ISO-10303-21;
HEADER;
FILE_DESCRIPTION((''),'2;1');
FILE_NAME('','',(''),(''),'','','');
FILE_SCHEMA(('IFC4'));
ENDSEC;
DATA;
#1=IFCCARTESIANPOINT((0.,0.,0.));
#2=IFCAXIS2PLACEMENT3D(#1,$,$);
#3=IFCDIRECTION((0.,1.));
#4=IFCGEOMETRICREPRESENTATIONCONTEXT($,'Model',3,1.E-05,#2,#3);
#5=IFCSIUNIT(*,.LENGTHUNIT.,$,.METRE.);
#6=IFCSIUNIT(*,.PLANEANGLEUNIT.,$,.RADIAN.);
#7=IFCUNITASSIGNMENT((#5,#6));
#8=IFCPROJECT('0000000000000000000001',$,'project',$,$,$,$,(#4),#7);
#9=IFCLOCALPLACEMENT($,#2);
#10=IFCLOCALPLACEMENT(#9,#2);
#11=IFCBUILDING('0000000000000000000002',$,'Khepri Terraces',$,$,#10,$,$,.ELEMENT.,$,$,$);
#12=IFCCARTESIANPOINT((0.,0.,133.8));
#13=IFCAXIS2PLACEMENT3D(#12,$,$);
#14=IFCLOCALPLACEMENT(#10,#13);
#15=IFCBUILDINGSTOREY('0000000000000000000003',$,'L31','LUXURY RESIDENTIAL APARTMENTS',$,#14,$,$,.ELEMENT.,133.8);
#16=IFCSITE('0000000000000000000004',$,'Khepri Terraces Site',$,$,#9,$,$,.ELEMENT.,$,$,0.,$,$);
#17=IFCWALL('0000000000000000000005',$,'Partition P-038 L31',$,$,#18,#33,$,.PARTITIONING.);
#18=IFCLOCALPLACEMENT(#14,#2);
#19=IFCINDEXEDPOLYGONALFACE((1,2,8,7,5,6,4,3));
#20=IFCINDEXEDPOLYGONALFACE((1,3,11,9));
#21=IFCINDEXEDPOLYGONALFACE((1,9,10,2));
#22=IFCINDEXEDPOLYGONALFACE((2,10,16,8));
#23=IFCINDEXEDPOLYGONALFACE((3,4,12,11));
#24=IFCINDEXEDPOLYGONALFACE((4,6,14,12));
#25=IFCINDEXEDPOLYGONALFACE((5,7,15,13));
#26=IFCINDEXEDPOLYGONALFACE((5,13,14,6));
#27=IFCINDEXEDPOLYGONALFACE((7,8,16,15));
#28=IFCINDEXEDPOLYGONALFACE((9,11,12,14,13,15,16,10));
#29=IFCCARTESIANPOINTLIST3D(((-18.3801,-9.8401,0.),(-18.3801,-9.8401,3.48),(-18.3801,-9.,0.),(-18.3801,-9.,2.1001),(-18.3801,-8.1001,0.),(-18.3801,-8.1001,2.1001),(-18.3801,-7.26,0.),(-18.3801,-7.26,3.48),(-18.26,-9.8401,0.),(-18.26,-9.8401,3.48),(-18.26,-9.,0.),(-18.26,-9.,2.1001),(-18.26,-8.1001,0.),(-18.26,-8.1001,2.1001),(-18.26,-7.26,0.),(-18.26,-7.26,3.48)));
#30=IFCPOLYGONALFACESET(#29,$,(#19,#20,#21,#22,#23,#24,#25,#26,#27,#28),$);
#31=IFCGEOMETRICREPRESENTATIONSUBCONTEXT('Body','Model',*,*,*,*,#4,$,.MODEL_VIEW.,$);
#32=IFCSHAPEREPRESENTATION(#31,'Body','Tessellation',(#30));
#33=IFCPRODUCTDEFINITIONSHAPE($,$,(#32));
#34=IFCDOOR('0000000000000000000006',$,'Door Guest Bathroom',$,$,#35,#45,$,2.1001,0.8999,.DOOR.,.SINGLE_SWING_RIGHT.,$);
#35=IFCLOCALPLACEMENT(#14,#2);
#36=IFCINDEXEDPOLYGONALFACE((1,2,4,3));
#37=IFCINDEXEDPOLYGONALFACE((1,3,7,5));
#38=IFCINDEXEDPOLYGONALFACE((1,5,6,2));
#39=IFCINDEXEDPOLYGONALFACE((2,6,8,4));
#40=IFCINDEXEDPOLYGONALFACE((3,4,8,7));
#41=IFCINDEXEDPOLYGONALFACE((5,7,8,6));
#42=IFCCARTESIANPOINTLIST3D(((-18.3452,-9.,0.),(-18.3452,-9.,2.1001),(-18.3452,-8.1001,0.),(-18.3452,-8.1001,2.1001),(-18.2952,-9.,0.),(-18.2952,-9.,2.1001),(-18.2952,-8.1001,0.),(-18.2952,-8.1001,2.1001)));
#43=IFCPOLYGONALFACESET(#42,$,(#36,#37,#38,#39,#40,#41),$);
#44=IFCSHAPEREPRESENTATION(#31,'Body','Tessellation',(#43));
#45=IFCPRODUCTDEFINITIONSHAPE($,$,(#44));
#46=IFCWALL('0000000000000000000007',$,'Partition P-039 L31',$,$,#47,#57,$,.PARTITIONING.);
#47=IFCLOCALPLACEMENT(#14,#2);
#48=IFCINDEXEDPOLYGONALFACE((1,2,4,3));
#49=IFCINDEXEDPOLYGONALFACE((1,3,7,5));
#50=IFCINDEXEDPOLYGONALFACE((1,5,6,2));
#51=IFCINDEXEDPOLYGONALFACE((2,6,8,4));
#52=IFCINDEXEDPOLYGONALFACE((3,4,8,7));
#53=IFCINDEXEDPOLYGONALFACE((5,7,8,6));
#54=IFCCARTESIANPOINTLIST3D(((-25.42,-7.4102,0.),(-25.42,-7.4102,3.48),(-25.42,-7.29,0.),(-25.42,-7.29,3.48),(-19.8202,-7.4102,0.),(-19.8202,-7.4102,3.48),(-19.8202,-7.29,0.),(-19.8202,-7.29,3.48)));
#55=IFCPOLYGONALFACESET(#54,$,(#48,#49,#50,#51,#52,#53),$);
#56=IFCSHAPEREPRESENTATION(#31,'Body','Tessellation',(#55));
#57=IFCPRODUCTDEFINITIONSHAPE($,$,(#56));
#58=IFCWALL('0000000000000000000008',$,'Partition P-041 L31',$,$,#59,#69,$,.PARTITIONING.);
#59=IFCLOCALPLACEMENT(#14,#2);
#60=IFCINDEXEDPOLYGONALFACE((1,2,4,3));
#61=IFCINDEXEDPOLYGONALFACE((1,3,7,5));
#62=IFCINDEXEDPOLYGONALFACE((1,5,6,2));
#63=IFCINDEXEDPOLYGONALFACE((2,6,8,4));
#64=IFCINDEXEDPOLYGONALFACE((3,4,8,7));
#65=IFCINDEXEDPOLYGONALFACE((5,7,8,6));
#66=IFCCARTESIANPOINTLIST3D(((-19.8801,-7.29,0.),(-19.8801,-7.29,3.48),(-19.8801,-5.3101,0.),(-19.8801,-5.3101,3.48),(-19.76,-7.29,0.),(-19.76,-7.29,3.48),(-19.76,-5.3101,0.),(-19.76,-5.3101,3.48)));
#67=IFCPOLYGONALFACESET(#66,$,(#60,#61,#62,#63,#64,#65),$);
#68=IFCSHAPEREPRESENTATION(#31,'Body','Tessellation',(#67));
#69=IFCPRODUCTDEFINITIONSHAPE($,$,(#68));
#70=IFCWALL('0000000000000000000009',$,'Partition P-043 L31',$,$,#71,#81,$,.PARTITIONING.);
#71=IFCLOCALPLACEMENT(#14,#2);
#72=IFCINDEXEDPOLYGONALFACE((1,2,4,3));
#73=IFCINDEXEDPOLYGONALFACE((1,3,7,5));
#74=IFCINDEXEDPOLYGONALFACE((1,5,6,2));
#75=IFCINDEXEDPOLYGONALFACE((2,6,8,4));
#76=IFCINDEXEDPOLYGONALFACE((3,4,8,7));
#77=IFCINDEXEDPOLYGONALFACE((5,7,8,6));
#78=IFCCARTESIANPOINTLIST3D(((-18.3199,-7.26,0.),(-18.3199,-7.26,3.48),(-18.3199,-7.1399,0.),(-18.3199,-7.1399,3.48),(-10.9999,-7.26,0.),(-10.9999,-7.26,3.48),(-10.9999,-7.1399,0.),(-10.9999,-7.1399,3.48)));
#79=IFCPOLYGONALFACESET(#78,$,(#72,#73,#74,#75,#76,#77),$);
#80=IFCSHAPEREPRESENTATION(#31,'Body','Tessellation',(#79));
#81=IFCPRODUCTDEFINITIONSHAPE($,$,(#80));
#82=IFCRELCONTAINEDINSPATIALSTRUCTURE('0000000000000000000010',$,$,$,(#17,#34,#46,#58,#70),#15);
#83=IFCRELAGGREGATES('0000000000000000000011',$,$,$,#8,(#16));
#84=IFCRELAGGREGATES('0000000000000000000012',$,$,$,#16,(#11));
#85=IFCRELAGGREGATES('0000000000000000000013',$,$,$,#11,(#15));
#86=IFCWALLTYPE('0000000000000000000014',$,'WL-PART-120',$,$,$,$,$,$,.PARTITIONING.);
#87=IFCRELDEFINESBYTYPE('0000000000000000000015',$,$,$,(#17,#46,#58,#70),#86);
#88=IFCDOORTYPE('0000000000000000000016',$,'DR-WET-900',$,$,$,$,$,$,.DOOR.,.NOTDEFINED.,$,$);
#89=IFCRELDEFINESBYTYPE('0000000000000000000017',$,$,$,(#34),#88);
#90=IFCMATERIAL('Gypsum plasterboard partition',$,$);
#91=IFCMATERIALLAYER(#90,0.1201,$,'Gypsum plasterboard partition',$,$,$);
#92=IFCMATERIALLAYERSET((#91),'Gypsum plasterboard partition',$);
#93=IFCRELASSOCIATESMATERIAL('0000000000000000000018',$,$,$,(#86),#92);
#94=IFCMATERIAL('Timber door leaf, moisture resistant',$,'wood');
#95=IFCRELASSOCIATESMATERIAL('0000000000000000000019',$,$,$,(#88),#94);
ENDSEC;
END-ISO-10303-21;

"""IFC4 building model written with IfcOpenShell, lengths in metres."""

from ifc_helpers import new_model, si_unit, direction, frame, frame_2d, origin, place, context, subcontext, project, spatial, rectangle, extrude, material, layer, layer_set, type_object, element, fill, save


model = new_model("IFC4")

# Units and contexts
model_context = context("Model", 3, precision=1e-05, world=origin(), true_north=direction((0.0, 1.0)))
body_context = subcontext(model_context, "Body", "Model", "MODEL_VIEW")
ifc_project = project(units=[si_unit("LENGTHUNIT", "METRE"), si_unit("PLANEANGLEUNIT", "RADIAN")], contexts=[model_context])

# Site, building, storey
site_placement = place(None, origin())
site = spatial("IfcSite", under=ifc_project, at=site_placement, Name="Khepri Terraces Site", CompositionType="ELEMENT", RefElevation=0.0)
building_placement = place(site_placement, origin())
building = spatial("IfcBuilding", under=site, at=building_placement, Name="Khepri Terraces", CompositionType="ELEMENT")
storey_placement = place(building_placement, frame((0.0, 0.0, 133.8)))
storey = spatial("IfcBuildingStorey", under=building, at=storey_placement, Name="L31", Description="LUXURY RESIDENTIAL APARTMENTS", CompositionType="ELEMENT", Elevation=133.8)

# Shared definitions
ifc_material_1 = material(Name="Gypsum plasterboard partition")
ifc_layer_1 = layer(ifc_material_1, 0.1201, Name="Gypsum plasterboard partition")
ifc_layer_set_1 = layer_set([ifc_layer_1], Name="Gypsum plasterboard partition")
wall_type_1 = type_object("IfcWallType", Name="WL-PART-120", PredefinedType="PARTITIONING", material=ifc_layer_set_1)
ifc_material_2 = material(Name="Timber door leaf, moisture resistant", Category="wood")
door_type_1 = type_object("IfcDoorType", Name="DR-WET-900", OperationType="NOTDEFINED", PredefinedType="DOOR", material=ifc_material_2)

# Wall, opening, door
wall_1_placement = place(storey_placement, frame((-18.3201, -9.8401, 0.0), z_axis=(0.0, 0.0, 1.0), x_axis=(0.0, 1.0, 0.0)))
wall_1 = element("IfcWall", 1, at=wall_1_placement, inside=storey, type_object=wall_type_1, Name="Partition P-038 L31", PredefinedType="PARTITIONING", context=body_context, shape_type="SweptSolid", body=[
    extrude(rectangle(XDim=2.5801, YDim=0.1201, at=frame_2d((1.29, 0.0))), origin(), (0.0, 0.0, 1.0), 3.48),
])
opening_1_placement = place(wall_1_placement, frame((0.8401, 0.0, 0.0)))
opening_1 = element("IfcOpeningElement", 2, at=opening_1_placement, cuts=wall_1, PredefinedType="OPENING", context=body_context, shape_type="SweptSolid", body=[
    extrude(rectangle(XDim=0.8999, YDim=2.1001, at=frame_2d((0.45, 1.05))), frame((0.0, 0.0701, 0.0), z_axis=(0.0, -1.0, 0.0), x_axis=(1.0, 0.0, 0.0)), (0.0, 0.0, 1.0), 0.1401),
])
door_1_placement = place(opening_1_placement, frame((0.8999, 0.0, 0.0), z_axis=(0.0, 0.0, 1.0), x_axis=(-1.0, 0.0, 0.0)))
door_1 = element("IfcDoor", 3, at=door_1_placement, inside=storey, type_object=door_type_1, Name="Door Guest Bathroom", OperationType="SINGLE_SWING_RIGHT", OverallHeight=2.1001, OverallWidth=0.8999, PredefinedType="DOOR", context=body_context, shape_type="SweptSolid", body=[
    extrude(rectangle(XDim=0.8999, YDim=2.1001, at=frame_2d((0.45, 1.05))), frame((0.0, 0.0249, 0.0), z_axis=(0.0, -1.0, 0.0), x_axis=(1.0, 0.0, 0.0)), (0.0, 0.0, 1.0), 0.05),
])
fill(opening_1, door_1)

# Walls
wall_2_placement = place(storey_placement, frame((-25.4199, -7.3501, 0.0), z_axis=(0.0, 0.0, 1.0), x_axis=(1.0, 0.0, 0.0)))
element("IfcWall", 4, at=wall_2_placement, inside=storey, type_object=wall_type_1, Name="Partition P-039 L31", PredefinedType="PARTITIONING", context=body_context, shape_type="SweptSolid", body=[
    extrude(rectangle(XDim=5.5999, YDim=0.1201, at=frame_2d((2.7998, 0.0))), origin(), (0.0, 0.0, 1.0), 3.48),
])
wall_3_placement = place(storey_placement, frame((-19.8201, -7.29, 0.0), z_axis=(0.0, 0.0, 1.0), x_axis=(0.0, 1.0, 0.0)))
element("IfcWall", 5, at=wall_3_placement, inside=storey, type_object=wall_type_1, Name="Partition P-041 L31", PredefinedType="PARTITIONING", context=body_context, shape_type="SweptSolid", body=[
    extrude(rectangle(XDim=1.98, YDim=0.1201, at=frame_2d((0.99, 0.0))), origin(), (0.0, 0.0, 1.0), 3.48),
])
wall_4_placement = place(storey_placement, frame((-18.3201, -7.2, 0.0), z_axis=(0.0, 0.0, 1.0), x_axis=(1.0, 0.0, 0.0)))
element("IfcWall", 6, at=wall_4_placement, inside=storey, type_object=wall_type_1, Name="Partition P-043 L31", PredefinedType="PARTITIONING", context=body_context, shape_type="SweptSolid", body=[
    extrude(rectangle(XDim=7.3201, YDim=0.1201, at=frame_2d((3.6602, 0.0))), origin(), (0.0, 0.0, 1.0), 3.48),
])

save(model, "model.ifc")
